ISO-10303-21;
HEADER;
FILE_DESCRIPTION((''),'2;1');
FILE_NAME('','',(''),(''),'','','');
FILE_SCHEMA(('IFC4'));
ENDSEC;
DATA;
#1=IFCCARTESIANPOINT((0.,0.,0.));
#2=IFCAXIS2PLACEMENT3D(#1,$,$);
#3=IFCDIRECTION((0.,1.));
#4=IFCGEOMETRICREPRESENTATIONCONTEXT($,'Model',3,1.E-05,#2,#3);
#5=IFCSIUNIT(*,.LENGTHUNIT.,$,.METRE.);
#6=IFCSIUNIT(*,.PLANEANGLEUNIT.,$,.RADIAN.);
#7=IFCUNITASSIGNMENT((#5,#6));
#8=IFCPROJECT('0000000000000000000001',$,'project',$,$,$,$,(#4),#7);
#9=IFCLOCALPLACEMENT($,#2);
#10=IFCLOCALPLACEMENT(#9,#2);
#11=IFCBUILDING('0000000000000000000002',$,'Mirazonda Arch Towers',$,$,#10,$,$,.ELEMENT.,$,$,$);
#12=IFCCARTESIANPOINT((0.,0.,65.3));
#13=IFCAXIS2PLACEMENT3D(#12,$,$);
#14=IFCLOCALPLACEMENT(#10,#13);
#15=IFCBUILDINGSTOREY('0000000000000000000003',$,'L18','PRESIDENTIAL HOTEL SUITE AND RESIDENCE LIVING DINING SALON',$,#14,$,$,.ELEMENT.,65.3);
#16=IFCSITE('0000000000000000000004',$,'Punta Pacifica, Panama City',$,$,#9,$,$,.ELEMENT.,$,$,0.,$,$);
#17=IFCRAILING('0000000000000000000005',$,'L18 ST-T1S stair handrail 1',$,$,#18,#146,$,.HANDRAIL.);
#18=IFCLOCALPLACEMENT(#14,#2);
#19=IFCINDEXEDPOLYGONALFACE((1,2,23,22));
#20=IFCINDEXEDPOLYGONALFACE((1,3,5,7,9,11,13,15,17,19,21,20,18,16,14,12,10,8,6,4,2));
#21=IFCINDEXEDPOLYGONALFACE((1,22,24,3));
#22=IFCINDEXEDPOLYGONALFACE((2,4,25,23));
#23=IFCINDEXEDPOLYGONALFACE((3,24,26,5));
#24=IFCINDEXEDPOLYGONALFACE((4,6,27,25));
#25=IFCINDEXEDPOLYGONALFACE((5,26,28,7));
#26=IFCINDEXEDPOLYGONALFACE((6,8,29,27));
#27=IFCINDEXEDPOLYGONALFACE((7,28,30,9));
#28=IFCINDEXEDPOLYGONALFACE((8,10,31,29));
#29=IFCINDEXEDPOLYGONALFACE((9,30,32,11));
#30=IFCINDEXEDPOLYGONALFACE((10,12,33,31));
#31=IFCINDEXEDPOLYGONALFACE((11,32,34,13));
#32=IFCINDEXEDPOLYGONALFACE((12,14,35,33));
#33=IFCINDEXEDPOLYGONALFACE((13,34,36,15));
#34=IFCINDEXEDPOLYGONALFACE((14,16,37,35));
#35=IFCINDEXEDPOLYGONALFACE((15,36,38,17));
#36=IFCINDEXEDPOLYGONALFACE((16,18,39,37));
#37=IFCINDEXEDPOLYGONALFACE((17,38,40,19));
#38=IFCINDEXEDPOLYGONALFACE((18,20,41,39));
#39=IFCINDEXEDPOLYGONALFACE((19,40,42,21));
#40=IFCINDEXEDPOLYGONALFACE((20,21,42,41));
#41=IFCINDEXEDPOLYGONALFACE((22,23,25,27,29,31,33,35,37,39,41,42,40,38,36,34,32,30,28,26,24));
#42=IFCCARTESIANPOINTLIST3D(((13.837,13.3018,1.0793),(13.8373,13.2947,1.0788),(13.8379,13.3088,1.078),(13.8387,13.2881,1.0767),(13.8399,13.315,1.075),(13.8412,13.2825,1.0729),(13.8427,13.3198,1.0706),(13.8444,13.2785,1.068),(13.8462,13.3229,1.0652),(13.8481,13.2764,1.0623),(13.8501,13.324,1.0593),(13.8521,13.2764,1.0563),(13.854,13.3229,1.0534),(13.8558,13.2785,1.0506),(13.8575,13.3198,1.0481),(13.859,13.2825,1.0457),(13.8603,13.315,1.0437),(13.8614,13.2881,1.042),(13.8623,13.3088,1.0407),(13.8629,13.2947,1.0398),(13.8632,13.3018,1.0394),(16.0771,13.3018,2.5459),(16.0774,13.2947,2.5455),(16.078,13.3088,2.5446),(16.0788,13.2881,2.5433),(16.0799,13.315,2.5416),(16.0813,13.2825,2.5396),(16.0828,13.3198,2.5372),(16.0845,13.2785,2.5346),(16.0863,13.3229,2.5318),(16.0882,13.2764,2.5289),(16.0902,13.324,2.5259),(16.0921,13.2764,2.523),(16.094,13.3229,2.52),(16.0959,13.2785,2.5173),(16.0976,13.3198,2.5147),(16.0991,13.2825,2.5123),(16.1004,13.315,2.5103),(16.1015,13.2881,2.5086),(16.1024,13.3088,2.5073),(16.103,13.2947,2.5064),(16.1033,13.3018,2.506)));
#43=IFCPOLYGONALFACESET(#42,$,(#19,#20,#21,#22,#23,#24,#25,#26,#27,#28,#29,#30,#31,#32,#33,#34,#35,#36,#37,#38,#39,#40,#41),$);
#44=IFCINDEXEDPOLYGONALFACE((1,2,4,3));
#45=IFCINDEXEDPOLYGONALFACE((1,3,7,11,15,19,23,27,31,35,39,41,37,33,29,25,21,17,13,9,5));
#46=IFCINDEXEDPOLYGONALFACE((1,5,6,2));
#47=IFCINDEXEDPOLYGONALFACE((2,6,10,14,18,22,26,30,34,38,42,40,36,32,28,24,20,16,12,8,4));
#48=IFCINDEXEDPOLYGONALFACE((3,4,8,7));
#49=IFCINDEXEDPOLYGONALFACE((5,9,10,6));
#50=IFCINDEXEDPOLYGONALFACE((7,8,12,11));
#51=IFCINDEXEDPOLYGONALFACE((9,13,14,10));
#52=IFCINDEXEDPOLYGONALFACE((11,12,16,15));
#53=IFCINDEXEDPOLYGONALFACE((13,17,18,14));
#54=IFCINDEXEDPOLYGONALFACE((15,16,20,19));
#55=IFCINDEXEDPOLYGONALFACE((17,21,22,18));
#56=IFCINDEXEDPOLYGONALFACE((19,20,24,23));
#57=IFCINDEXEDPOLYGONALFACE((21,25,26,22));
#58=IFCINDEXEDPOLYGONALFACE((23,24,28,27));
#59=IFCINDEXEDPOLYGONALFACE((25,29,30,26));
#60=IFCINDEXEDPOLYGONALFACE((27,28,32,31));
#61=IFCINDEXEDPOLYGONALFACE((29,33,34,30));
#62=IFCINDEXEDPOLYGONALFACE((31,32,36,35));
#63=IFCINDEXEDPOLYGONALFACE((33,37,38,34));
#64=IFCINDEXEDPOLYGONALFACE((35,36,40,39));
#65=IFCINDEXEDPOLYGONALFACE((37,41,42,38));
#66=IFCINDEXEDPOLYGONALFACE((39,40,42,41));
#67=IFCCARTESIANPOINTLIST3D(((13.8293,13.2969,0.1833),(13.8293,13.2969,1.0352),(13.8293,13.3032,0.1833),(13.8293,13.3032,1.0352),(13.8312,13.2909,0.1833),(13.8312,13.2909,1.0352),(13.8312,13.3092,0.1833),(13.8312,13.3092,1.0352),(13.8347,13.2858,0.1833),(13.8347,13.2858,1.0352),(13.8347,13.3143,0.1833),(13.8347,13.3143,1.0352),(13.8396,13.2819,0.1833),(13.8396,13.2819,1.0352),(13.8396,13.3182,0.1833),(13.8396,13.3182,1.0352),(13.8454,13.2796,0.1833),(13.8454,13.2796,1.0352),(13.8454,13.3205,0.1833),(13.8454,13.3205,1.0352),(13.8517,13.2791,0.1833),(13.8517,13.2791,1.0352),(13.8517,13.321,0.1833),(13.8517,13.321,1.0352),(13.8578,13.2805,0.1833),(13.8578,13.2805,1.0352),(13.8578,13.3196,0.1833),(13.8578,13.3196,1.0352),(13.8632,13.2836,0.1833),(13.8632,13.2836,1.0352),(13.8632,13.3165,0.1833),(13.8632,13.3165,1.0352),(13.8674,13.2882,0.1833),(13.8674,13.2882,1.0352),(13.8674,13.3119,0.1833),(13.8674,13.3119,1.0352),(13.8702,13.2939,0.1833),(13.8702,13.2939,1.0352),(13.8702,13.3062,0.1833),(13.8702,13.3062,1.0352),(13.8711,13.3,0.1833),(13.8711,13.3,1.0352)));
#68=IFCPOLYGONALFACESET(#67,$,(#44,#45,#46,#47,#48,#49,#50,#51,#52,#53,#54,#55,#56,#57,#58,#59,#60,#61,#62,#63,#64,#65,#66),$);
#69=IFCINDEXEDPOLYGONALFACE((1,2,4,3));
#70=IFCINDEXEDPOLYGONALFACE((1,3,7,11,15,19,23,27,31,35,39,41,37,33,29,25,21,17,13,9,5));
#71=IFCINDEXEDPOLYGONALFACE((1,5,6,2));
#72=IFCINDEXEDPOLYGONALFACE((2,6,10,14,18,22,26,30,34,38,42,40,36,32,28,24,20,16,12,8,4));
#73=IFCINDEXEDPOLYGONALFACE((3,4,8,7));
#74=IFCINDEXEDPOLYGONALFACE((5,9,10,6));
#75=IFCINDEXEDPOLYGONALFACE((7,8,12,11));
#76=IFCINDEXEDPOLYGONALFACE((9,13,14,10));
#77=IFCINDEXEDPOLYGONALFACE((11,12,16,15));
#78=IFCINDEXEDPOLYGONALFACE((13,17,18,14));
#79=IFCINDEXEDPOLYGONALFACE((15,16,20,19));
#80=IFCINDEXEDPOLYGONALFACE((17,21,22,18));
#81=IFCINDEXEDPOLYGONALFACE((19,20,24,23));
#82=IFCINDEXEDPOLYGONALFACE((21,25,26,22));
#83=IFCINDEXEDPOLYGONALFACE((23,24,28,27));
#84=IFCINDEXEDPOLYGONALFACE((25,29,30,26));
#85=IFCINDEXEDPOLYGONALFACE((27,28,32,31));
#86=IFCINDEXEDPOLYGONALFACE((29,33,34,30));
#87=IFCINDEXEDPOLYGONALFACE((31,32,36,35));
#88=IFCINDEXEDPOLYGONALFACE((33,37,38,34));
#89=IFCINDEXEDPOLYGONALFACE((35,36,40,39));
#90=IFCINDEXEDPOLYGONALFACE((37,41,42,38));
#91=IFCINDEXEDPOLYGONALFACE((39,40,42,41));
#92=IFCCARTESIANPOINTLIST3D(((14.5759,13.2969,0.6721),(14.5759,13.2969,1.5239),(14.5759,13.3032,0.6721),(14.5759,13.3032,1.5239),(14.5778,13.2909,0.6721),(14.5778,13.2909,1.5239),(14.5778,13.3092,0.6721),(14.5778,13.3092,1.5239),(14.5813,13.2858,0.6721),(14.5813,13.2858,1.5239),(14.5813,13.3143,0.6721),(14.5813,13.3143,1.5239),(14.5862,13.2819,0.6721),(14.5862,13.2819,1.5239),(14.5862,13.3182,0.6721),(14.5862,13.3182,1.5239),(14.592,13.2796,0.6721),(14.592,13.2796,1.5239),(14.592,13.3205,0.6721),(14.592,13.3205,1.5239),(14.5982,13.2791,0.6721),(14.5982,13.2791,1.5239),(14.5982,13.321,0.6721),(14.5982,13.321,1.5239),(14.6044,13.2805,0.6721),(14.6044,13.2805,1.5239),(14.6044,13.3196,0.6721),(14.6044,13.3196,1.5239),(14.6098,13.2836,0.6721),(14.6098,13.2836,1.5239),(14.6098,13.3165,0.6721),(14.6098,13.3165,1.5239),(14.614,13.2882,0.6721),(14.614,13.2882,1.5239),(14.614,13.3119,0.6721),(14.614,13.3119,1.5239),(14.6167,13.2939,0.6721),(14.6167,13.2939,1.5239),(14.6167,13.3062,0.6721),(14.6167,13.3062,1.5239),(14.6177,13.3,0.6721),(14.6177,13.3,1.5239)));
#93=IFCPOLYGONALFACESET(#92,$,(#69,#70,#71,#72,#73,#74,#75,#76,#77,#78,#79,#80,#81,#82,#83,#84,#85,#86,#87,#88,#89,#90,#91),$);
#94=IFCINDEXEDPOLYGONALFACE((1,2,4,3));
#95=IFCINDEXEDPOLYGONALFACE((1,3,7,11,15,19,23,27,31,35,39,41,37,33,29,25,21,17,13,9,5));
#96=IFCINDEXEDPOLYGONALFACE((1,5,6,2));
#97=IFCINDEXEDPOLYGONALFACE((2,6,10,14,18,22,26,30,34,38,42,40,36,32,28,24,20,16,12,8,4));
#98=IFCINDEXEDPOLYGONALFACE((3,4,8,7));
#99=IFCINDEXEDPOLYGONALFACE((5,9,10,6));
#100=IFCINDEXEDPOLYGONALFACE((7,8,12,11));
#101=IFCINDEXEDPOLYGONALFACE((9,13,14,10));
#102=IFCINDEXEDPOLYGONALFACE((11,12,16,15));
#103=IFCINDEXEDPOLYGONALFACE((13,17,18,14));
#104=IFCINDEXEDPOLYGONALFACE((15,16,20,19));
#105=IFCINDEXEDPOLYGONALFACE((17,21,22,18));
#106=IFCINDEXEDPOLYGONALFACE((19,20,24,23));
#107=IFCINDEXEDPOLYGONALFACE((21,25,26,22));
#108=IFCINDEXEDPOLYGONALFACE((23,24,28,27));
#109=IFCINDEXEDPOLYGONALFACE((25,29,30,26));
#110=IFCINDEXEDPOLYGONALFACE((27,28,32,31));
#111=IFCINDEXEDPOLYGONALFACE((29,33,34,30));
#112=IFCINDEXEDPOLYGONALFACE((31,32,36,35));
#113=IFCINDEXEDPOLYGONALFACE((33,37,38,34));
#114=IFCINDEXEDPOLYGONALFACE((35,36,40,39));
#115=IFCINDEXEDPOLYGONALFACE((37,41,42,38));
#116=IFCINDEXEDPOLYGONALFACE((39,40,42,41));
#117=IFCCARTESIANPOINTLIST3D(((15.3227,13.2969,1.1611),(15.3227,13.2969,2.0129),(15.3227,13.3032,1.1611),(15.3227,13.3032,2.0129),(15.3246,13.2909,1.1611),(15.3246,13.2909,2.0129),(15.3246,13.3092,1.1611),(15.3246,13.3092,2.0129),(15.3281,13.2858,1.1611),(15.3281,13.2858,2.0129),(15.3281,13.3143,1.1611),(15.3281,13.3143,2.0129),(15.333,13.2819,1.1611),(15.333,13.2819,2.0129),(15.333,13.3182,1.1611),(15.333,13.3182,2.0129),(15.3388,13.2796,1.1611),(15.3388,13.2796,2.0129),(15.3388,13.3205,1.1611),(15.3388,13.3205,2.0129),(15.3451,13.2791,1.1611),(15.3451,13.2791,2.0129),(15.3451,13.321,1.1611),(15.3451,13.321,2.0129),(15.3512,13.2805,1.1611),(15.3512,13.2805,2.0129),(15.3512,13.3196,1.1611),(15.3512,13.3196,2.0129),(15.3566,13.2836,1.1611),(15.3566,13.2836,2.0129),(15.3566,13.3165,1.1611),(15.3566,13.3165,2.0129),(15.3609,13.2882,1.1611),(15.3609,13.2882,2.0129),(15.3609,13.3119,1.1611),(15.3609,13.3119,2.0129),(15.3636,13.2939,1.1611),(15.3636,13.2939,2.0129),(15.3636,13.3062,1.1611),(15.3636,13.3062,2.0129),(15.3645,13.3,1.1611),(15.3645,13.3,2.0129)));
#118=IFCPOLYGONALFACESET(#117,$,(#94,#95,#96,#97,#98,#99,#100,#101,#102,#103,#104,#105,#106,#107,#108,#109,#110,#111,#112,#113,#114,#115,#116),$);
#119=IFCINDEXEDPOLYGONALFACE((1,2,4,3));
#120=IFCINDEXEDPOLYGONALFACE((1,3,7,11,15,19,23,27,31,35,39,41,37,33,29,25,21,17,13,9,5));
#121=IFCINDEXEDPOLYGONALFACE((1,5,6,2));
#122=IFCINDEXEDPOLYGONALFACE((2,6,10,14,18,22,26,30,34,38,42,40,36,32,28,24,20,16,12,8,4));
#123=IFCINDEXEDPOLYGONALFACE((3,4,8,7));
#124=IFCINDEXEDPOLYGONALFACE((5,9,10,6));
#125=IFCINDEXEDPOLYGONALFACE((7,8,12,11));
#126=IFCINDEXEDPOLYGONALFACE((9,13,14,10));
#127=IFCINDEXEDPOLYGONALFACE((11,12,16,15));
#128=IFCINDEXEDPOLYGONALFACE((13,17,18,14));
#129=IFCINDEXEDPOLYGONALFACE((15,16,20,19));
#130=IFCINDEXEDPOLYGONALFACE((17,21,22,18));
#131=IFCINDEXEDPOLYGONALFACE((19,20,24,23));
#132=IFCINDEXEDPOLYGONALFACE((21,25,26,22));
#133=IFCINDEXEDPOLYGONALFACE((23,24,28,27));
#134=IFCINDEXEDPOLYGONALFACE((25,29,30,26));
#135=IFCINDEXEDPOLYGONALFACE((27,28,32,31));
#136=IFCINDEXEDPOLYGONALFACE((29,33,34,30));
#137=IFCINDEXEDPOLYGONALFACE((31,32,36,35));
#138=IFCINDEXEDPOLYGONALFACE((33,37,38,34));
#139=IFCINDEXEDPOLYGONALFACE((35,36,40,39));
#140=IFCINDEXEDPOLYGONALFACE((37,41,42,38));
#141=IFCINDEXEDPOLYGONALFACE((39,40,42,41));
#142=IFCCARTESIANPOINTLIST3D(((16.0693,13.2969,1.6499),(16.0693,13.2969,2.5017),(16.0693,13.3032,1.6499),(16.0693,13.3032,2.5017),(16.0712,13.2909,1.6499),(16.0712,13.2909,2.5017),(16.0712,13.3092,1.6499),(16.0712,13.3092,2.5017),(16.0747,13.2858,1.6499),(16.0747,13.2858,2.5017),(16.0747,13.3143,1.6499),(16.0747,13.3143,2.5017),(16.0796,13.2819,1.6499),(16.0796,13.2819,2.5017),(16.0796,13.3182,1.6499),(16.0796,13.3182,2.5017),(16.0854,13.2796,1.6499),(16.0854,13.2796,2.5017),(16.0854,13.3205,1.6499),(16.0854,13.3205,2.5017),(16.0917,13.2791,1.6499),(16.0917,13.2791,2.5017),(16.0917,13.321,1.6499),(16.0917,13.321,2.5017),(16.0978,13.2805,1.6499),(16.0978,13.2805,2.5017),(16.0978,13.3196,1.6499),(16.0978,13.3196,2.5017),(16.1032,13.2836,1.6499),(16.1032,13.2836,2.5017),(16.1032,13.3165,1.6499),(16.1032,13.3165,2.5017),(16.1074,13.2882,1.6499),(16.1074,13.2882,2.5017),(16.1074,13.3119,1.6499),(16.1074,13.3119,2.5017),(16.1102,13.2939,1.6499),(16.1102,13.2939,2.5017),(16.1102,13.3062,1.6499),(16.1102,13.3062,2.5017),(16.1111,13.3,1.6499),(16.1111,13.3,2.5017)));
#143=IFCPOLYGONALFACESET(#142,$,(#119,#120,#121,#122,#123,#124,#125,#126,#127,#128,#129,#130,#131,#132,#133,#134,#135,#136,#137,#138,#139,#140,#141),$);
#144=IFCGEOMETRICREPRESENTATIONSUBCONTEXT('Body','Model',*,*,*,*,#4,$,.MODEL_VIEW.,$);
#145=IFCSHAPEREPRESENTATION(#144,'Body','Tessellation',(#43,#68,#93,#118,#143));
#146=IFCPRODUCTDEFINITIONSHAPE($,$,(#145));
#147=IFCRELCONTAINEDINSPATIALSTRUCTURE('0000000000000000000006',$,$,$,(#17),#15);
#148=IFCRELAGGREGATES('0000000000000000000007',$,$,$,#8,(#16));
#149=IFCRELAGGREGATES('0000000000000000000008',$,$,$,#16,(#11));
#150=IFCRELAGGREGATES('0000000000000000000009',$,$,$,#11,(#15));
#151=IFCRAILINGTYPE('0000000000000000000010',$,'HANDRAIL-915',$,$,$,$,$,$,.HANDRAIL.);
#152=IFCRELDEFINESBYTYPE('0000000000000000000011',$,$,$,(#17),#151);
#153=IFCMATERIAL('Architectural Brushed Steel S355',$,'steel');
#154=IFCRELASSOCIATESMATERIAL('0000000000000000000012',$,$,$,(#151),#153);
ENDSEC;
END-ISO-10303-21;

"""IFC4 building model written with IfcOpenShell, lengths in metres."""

from ifc_helpers import new_model, si_unit, direction, frame, origin, origin_2d, place, context, subcontext, project, spatial, circle, extrude, material, type_object, element, save


model = new_model("IFC4")

# Units and contexts
model_context = context("Model", 3, precision=1e-05, world=origin(), true_north=direction((0.0, 1.0)))
body_context = subcontext(model_context, "Body", "Model", "MODEL_VIEW")
ifc_project = project(units=[si_unit("LENGTHUNIT", "METRE"), si_unit("PLANEANGLEUNIT", "RADIAN")], contexts=[model_context])

# Site, building, storey
site_placement = place(None, origin())
site = spatial("IfcSite", under=ifc_project, at=site_placement, Name="Punta Pacifica, Panama City", CompositionType="ELEMENT", RefElevation=0.0)
building_placement = place(site_placement, origin())
building = spatial("IfcBuilding", under=site, at=building_placement, Name="Mirazonda Arch Towers", CompositionType="ELEMENT")
storey_placement = place(building_placement, frame((0.0, 0.0, 65.3)))
storey = spatial("IfcBuildingStorey", under=building, at=storey_placement, Name="L18", Description="PRESIDENTIAL HOTEL SUITE AND RESIDENCE LIVING DINING SALON", CompositionType="ELEMENT", Elevation=65.3)

# Shared definitions
ifc_material_1 = material(Name="Architectural Brushed Steel S355", Category="steel")

# Railing
railing_type_1 = type_object("IfcRailingType", Name="HANDRAIL-915", PredefinedType="HANDRAIL", material=ifc_material_1)
railing_1_placement = place(storey_placement, frame((13.8501, 13.3, 0.1833)))
element("IfcRailing", 1, at=railing_1_placement, inside=storey, type_object=railing_type_1, Name="L18 ST-T1S stair handrail 1", PredefinedType="HANDRAIL", context=body_context, shape_type="SweptSolid", body=[
    extrude(circle(Radius=0.0239, at=origin_2d()), frame((0.0, 0.0, 0.876), z_axis=(0.836637, 0.0, 0.547758), x_axis=(0.0, 1.0, 0.0)), (0.0, 0.0, 1.0), 2.6775),
    extrude(circle(Radius=0.021, at=origin_2d()), origin(), (0.0, 0.0, 1.0), 0.8518),
    extrude(circle(Radius=0.021, at=origin_2d()), frame((0.7466, 0.0, 0.4888)), (0.0, 0.0, 1.0), 0.8518),
    extrude(circle(Radius=0.021, at=origin_2d()), frame((1.4934, 0.0, 0.9778)), (0.0, 0.0, 1.0), 0.8518),
    extrude(circle(Radius=0.021, at=origin_2d()), frame((2.24, 0.0, 1.4666)), (0.0, 0.0, 1.0), 0.8518),
])

save(model, "model.ifc")
